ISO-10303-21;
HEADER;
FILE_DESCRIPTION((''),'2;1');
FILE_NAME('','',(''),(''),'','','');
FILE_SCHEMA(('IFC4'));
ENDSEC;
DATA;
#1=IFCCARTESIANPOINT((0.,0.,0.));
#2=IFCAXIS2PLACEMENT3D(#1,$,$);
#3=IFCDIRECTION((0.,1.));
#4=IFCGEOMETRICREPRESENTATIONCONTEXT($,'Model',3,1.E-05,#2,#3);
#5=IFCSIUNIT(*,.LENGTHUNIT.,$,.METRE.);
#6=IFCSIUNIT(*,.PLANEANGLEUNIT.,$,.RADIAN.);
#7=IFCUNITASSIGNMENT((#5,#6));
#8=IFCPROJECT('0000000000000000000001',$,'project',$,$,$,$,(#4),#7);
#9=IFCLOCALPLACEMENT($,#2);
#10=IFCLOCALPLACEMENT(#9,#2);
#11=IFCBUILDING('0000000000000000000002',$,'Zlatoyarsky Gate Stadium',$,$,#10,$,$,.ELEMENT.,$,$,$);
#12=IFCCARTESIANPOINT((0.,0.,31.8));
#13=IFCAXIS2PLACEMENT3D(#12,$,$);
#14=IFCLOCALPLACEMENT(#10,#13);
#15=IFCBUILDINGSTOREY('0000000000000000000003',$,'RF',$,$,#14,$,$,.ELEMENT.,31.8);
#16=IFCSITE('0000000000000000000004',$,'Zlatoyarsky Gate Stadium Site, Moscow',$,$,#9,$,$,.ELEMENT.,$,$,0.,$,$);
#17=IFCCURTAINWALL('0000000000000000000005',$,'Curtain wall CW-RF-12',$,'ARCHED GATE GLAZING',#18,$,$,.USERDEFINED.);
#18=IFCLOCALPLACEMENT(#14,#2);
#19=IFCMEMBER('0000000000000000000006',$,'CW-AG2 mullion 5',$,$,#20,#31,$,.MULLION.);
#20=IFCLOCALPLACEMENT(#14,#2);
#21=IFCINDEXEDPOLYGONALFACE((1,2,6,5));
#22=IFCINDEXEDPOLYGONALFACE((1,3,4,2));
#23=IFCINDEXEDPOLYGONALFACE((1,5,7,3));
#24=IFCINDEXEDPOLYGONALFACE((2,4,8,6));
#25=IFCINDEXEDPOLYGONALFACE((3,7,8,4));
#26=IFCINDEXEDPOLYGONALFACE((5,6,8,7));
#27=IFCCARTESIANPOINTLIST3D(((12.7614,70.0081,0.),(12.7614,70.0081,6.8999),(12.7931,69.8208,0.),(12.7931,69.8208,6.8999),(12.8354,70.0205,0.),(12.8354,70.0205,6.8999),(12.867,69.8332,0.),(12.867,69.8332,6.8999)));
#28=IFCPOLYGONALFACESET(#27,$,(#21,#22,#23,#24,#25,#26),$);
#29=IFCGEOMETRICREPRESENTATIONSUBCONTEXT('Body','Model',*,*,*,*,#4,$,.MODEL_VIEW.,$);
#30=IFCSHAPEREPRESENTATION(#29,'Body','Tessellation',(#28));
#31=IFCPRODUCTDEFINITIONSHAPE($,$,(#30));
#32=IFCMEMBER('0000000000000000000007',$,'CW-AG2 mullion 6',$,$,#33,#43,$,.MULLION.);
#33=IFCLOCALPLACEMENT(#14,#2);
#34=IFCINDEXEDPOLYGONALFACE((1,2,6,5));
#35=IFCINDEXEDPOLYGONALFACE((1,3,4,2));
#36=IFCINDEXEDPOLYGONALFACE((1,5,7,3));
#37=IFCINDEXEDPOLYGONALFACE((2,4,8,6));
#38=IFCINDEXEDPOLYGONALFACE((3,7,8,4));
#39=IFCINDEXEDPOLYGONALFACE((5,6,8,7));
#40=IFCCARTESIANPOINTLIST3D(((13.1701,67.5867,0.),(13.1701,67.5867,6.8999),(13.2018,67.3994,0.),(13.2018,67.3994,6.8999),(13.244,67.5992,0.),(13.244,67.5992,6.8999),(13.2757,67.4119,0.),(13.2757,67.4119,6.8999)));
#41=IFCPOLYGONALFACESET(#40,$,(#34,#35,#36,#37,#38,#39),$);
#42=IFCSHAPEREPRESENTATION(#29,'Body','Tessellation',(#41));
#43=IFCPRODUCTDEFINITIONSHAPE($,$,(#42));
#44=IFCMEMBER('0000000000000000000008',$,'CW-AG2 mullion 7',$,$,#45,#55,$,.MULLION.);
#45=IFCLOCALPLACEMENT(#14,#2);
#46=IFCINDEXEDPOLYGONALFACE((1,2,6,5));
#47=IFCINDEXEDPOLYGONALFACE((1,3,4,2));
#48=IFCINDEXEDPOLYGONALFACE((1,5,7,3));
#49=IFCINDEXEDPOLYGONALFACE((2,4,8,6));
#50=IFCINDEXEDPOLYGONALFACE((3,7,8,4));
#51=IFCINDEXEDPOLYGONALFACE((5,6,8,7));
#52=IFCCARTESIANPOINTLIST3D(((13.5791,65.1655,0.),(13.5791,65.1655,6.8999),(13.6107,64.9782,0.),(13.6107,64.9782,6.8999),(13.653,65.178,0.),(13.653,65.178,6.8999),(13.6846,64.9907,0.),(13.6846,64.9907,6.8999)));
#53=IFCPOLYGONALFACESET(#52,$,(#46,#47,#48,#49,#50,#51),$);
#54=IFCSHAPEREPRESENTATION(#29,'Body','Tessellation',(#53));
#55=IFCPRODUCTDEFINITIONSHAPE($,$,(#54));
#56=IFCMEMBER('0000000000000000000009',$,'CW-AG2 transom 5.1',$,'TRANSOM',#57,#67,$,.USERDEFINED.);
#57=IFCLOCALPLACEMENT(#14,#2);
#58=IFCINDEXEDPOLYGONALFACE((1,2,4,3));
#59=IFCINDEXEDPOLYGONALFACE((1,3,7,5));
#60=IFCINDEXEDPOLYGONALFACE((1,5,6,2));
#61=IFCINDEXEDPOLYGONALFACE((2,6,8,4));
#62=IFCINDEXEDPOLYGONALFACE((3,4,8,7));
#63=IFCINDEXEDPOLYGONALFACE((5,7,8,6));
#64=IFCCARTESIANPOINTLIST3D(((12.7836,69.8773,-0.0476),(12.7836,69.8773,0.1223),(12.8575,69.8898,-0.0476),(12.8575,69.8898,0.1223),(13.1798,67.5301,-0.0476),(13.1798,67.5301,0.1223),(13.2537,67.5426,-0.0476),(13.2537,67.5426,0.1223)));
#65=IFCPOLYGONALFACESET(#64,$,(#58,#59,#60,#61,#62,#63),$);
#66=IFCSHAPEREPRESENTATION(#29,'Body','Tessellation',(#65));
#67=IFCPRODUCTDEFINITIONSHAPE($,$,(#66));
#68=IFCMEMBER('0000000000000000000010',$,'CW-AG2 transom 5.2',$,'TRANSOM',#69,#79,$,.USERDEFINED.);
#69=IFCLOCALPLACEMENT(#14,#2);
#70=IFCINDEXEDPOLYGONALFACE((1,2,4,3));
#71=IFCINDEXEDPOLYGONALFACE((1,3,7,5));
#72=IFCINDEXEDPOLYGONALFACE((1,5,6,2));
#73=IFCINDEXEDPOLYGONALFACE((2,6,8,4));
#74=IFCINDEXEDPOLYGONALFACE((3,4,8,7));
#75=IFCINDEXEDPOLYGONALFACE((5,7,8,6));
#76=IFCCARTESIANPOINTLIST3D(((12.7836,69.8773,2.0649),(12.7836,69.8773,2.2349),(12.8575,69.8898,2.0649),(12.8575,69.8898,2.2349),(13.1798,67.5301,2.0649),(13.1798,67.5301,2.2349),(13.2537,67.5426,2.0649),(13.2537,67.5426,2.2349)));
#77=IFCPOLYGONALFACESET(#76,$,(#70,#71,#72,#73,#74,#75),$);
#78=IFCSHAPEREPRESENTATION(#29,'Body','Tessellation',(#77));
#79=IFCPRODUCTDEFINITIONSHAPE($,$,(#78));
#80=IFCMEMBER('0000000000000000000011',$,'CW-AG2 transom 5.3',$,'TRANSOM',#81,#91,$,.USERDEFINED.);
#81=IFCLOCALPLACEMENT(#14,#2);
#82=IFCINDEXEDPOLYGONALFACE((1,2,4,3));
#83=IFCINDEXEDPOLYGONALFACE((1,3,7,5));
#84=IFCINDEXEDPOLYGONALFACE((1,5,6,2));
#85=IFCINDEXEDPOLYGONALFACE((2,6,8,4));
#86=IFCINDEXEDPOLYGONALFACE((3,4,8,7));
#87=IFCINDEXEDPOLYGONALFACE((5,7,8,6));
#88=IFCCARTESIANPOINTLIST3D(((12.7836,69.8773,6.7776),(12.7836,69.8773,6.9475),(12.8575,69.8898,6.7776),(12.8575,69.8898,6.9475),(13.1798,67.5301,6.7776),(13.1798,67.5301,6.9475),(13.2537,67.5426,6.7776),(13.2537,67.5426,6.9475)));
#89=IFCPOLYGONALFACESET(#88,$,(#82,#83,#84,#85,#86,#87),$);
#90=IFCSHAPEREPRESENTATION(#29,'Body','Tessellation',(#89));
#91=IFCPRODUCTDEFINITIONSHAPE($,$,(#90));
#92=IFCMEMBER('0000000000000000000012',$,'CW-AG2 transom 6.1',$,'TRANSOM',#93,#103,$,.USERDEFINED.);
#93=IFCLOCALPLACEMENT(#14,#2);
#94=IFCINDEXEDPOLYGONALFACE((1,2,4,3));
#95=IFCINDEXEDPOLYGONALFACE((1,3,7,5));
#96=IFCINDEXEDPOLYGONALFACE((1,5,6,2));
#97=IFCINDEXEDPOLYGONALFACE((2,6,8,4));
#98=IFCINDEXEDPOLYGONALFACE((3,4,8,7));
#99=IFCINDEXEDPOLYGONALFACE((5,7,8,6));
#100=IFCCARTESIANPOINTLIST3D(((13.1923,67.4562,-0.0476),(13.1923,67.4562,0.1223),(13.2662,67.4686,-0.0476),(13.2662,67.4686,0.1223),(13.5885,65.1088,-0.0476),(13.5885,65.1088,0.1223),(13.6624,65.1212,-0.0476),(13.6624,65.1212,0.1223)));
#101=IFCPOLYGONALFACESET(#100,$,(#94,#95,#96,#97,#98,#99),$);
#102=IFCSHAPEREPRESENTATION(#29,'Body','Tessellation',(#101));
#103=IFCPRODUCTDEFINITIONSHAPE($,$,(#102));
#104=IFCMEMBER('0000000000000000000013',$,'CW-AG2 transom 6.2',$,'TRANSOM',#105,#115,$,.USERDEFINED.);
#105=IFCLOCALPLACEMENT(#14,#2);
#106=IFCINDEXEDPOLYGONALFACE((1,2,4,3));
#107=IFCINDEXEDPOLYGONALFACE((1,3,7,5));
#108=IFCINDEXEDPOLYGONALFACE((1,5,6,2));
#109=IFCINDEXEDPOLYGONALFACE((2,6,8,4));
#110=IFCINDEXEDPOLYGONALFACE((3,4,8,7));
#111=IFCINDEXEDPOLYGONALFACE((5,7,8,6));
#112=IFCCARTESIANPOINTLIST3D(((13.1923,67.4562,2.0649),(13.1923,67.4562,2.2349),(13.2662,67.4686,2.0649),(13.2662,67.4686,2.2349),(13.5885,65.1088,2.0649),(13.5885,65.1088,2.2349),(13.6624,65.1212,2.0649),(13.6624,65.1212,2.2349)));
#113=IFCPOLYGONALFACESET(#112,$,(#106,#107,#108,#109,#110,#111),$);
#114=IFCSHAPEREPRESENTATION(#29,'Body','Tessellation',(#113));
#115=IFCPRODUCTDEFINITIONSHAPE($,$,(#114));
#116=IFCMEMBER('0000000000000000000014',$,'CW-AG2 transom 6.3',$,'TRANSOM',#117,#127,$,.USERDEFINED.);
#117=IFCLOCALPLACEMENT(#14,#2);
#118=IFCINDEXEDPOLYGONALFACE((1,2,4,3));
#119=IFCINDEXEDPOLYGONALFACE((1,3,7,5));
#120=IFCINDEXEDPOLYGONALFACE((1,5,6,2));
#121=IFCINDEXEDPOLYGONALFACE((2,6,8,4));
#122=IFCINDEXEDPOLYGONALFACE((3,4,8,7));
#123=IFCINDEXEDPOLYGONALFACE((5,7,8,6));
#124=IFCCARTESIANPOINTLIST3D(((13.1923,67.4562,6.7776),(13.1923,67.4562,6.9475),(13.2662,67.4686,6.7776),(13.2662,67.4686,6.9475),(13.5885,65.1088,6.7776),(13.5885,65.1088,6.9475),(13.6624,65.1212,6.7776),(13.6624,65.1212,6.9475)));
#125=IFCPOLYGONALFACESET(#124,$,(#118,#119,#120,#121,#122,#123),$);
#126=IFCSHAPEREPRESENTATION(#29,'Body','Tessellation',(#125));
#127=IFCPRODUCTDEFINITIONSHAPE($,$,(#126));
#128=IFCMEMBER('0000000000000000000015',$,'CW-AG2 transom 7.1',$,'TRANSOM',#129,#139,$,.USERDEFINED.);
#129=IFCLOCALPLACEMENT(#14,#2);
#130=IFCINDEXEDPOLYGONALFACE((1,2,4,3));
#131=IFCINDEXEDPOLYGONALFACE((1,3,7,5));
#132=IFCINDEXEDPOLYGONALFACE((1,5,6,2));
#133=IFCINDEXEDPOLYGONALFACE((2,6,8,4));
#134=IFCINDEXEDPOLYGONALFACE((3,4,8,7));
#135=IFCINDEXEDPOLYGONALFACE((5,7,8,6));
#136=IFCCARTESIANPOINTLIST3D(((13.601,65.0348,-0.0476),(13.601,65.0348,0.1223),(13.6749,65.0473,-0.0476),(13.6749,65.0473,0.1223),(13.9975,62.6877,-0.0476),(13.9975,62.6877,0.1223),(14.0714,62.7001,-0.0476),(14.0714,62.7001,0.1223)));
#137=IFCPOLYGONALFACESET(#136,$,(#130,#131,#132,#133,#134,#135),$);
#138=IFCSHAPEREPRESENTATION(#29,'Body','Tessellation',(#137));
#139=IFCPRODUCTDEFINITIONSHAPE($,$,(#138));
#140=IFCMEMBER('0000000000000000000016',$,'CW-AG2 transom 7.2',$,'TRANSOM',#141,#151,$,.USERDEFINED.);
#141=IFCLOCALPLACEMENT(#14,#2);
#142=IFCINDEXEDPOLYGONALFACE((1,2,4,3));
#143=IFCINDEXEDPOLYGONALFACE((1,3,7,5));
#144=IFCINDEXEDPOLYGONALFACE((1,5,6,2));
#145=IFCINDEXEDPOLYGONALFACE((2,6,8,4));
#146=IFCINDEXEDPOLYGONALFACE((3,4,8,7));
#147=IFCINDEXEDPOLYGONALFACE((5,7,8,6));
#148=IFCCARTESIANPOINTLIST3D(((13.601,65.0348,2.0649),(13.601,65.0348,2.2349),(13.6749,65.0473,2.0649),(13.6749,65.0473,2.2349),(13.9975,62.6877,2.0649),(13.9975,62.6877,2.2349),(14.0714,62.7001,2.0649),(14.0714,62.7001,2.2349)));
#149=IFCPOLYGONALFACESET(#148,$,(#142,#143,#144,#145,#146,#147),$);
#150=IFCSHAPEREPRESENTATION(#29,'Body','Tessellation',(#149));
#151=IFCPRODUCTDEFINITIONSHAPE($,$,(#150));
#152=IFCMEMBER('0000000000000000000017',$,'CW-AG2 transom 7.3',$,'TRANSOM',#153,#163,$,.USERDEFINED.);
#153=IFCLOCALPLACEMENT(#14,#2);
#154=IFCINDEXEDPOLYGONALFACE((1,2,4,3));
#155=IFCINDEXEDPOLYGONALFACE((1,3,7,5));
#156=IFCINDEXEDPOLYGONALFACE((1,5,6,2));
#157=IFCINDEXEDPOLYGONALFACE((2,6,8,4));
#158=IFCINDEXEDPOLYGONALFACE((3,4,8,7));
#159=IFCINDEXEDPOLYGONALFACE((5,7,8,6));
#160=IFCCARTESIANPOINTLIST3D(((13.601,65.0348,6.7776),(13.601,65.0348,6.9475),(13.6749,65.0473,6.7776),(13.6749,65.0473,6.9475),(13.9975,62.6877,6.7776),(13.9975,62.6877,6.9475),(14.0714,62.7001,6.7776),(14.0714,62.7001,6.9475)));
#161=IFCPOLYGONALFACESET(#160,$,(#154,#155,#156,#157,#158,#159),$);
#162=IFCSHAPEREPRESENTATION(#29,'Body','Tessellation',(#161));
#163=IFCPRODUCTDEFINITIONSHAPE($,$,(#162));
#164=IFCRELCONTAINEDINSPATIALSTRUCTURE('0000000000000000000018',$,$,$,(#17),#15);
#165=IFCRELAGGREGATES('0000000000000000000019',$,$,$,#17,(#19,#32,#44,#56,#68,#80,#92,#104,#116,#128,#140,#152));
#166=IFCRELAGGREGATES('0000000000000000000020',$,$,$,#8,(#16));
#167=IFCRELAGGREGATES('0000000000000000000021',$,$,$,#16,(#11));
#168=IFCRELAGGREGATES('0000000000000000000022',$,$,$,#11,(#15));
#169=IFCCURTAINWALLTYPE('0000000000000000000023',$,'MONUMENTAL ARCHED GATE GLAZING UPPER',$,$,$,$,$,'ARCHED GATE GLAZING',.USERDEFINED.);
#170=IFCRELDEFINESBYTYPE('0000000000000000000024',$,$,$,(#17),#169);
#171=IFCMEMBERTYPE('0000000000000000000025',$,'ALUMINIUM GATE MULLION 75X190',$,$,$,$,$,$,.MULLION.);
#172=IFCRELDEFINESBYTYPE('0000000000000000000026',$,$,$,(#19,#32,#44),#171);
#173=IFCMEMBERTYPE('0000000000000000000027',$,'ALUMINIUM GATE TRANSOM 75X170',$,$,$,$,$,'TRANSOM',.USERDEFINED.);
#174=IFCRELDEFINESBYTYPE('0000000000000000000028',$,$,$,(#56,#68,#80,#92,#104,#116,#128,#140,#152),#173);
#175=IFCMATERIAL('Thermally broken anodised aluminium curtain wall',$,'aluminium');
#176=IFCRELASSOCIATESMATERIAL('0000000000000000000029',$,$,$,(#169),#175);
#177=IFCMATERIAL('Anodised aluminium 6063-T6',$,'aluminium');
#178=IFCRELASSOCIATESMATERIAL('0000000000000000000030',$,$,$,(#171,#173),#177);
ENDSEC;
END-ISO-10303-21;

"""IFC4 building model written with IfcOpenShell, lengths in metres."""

from ifc_helpers import new_model, si_unit, direction, frame, origin, origin_2d, place, context, subcontext, project, spatial, rectangle, extrude, material, material_profile, profile_set, type_object, element, aggregate, save


model = new_model("IFC4")

# Units and contexts
model_context = context("Model", 3, precision=1e-05, world=origin(), true_north=direction((0.0, 1.0)))
body_context = subcontext(model_context, "Body", "Model", "MODEL_VIEW")
ifc_project = project(units=[si_unit("LENGTHUNIT", "METRE"), si_unit("PLANEANGLEUNIT", "RADIAN")], contexts=[model_context])

# Site, building, storey
site_placement = place(None, origin())
site = spatial("IfcSite", under=ifc_project, at=site_placement, Name="Zlatoyarsky Gate Stadium Site, Moscow", CompositionType="ELEMENT", RefElevation=0.0)
building_placement = place(site_placement, origin())
building = spatial("IfcBuilding", under=site, at=building_placement, Name="Zlatoyarsky Gate Stadium", CompositionType="ELEMENT")
storey_placement = place(building_placement, frame((0.0, 0.0, 31.8)))
storey = spatial("IfcBuildingStorey", under=building, at=storey_placement, Name="RF", CompositionType="ELEMENT", Elevation=31.8)

# Curtain wall, members
ifc_material_1 = material(Name="Thermally broken anodised aluminium curtain wall", Category="aluminium")
curtain_wall_type = type_object("IfcCurtainWallType", Name="MONUMENTAL ARCHED GATE GLAZING UPPER", ElementType="ARCHED GATE GLAZING", PredefinedType="USERDEFINED", material=ifc_material_1)
curtain_wall_placement = place(storey_placement, origin())
curtain_wall = element("IfcCurtainWall", 1, at=curtain_wall_placement, inside=storey, type_object=curtain_wall_type, Name="Curtain wall CW-RF-12", ObjectType="ARCHED GATE GLAZING", PredefinedType="USERDEFINED")
ifc_material_2 = material(Name="Anodised aluminium 6063-T6", Category="aluminium")
ifc_material_profile_1 = material_profile(ifc_material_2, rectangle(XDim=0.075, YDim=0.1899, at=origin_2d()), Name="ALU 75X190")
ifc_profile_set_1 = profile_set([ifc_material_profile_1], Name="Anodised aluminium 6063-T6")
member_type_1 = type_object("IfcMemberType", Name="ALUMINIUM GATE MULLION 75X190", PredefinedType="MULLION", material=ifc_profile_set_1)
member_1_placement = place(storey_placement, frame((12.8142, 69.9207, 0.0), z_axis=(0.0, 0.0, 1.0), x_axis=(0.986044, 0.166482, 0.0)))
member_1 = element("IfcMember", 2, at=member_1_placement, type_object=member_type_1, Name="CW-AG2 mullion 5", PredefinedType="MULLION", context=body_context, shape_type="SweptSolid", body=[
    extrude(rectangle(XDim=0.075, YDim=0.1899, at=origin_2d()), origin(), (0.0, 0.0, 1.0), 6.8999),
])
member_2_placement = place(storey_placement, frame((13.2229, 67.4993, 0.0), z_axis=(0.0, 0.0, 1.0), x_axis=(0.986044, 0.166482, 0.0)))
member_2 = element("IfcMember", 3, at=member_2_placement, type_object=member_type_1, Name="CW-AG2 mullion 6", PredefinedType="MULLION", context=body_context, shape_type="SweptSolid", body=[
    extrude(rectangle(XDim=0.075, YDim=0.1899, at=origin_2d()), origin(), (0.0, 0.0, 1.0), 6.8999),
])
member_3_placement = place(storey_placement, frame((13.6318, 65.0781, 0.0), z_axis=(0.0, 0.0, 1.0), x_axis=(0.986044, 0.166482, 0.0)))
member_3 = element("IfcMember", 4, at=member_3_placement, type_object=member_type_1, Name="CW-AG2 mullion 7", PredefinedType="MULLION", context=body_context, shape_type="SweptSolid", body=[
    extrude(rectangle(XDim=0.075, YDim=0.1899, at=origin_2d()), origin(), (0.0, 0.0, 1.0), 6.8999),
])
ifc_material_profile_2 = material_profile(ifc_material_2, rectangle(XDim=0.075, YDim=0.1699, at=origin_2d()), Name="ALU 75X170")
ifc_profile_set_2 = profile_set([ifc_material_profile_2], Name="Anodised aluminium 6063-T6")
member_type_2 = type_object("IfcMemberType", Name="ALUMINIUM GATE TRANSOM 75X170", ElementType="TRANSOM", PredefinedType="USERDEFINED", material=ifc_profile_set_2)
member_4_placement = place(storey_placement, frame((12.8206, 69.8835, 0.0374), z_axis=(0.166461, -0.986048, 0.0), x_axis=(0.986048, 0.166461, 0.0)))
member_4 = element("IfcMember", 5, at=member_4_placement, type_object=member_type_2, Name="CW-AG2 transom 5.1", ObjectType="TRANSOM", PredefinedType="USERDEFINED", context=body_context, shape_type="SweptSolid", body=[
    extrude(rectangle(XDim=0.075, YDim=0.1699, at=origin_2d()), origin(), (0.0, 0.0, 1.0), 2.3804),
])
member_5_placement = place(storey_placement, frame((12.8206, 69.8835, 2.1499), z_axis=(0.166461, -0.986048, 0.0), x_axis=(0.986048, 0.166461, 0.0)))
member_5 = element("IfcMember", 6, at=member_5_placement, type_object=member_type_2, Name="CW-AG2 transom 5.2", ObjectType="TRANSOM", PredefinedType="USERDEFINED", context=body_context, shape_type="SweptSolid", body=[
    extrude(rectangle(XDim=0.075, YDim=0.1699, at=origin_2d()), origin(), (0.0, 0.0, 1.0), 2.3804),
])
member_6_placement = place(storey_placement, frame((12.8206, 69.8835, 6.8625), z_axis=(0.166461, -0.986048, 0.0), x_axis=(0.986048, 0.166461, 0.0)))
member_6 = element("IfcMember", 7, at=member_6_placement, type_object=member_type_2, Name="CW-AG2 transom 5.3", ObjectType="TRANSOM", PredefinedType="USERDEFINED", context=body_context, shape_type="SweptSolid", body=[
    extrude(rectangle(XDim=0.075, YDim=0.1699, at=origin_2d()), origin(), (0.0, 0.0, 1.0), 2.3804),
])
member_7_placement = place(storey_placement, frame((13.2292, 67.4624, 0.0374), z_axis=(0.166444, -0.986051, 0.0), x_axis=(0.986051, 0.166444, 0.0)))
member_7 = element("IfcMember", 8, at=member_7_placement, type_object=member_type_2, Name="CW-AG2 transom 6.1", ObjectType="TRANSOM", PredefinedType="USERDEFINED", context=body_context, shape_type="SweptSolid", body=[
    extrude(rectangle(XDim=0.075, YDim=0.1699, at=origin_2d()), origin(), (0.0, 0.0, 1.0), 2.3806),
])
member_8_placement = place(storey_placement, frame((13.2292, 67.4624, 2.1499), z_axis=(0.166444, -0.986051, 0.0), x_axis=(0.986051, 0.166444, 0.0)))
member_8 = element("IfcMember", 9, at=member_8_placement, type_object=member_type_2, Name="CW-AG2 transom 6.2", ObjectType="TRANSOM", PredefinedType="USERDEFINED", context=body_context, shape_type="SweptSolid", body=[
    extrude(rectangle(XDim=0.075, YDim=0.1699, at=origin_2d()), origin(), (0.0, 0.0, 1.0), 2.3806),
])
member_9_placement = place(storey_placement, frame((13.2292, 67.4624, 6.8625), z_axis=(0.166444, -0.986051, 0.0), x_axis=(0.986051, 0.166444, 0.0)))
member_9 = element("IfcMember", 10, at=member_9_placement, type_object=member_type_2, Name="CW-AG2 transom 6.3", ObjectType="TRANSOM", PredefinedType="USERDEFINED", context=body_context, shape_type="SweptSolid", body=[
    extrude(rectangle(XDim=0.075, YDim=0.1699, at=origin_2d()), origin(), (0.0, 0.0, 1.0), 2.3806),
])
member_10_placement = place(storey_placement, frame((13.6379, 65.041, 0.0374), z_axis=(0.166561, -0.986031, 0.0), x_axis=(0.986031, 0.166561, 0.0)))
member_10 = element("IfcMember", 11, at=member_10_placement, type_object=member_type_2, Name="CW-AG2 transom 7.1", ObjectType="TRANSOM", PredefinedType="USERDEFINED", context=body_context, shape_type="SweptSolid", body=[
    extrude(rectangle(XDim=0.075, YDim=0.1699, at=origin_2d()), origin(), (0.0, 0.0, 1.0), 2.3804),
])
member_11_placement = place(storey_placement, frame((13.6379, 65.041, 2.1499), z_axis=(0.166561, -0.986031, 0.0), x_axis=(0.986031, 0.166561, 0.0)))
member_11 = element("IfcMember", 12, at=member_11_placement, type_object=member_type_2, Name="CW-AG2 transom 7.2", ObjectType="TRANSOM", PredefinedType="USERDEFINED", context=body_context, shape_type="SweptSolid", body=[
    extrude(rectangle(XDim=0.075, YDim=0.1699, at=origin_2d()), origin(), (0.0, 0.0, 1.0), 2.3804),
])
member_12_placement = place(storey_placement, frame((13.6379, 65.041, 6.8625), z_axis=(0.166561, -0.986031, 0.0), x_axis=(0.986031, 0.166561, 0.0)))
member_12 = element("IfcMember", 13, at=member_12_placement, type_object=member_type_2, Name="CW-AG2 transom 7.3", ObjectType="TRANSOM", PredefinedType="USERDEFINED", context=body_context, shape_type="SweptSolid", body=[
    extrude(rectangle(XDim=0.075, YDim=0.1699, at=origin_2d()), origin(), (0.0, 0.0, 1.0), 2.3804),
])

aggregate(curtain_wall, [member_1, member_2, member_3, member_4, member_5, member_6, member_7, member_8, member_9, member_10, member_11, member_12])

save(model, "model.ifc")
